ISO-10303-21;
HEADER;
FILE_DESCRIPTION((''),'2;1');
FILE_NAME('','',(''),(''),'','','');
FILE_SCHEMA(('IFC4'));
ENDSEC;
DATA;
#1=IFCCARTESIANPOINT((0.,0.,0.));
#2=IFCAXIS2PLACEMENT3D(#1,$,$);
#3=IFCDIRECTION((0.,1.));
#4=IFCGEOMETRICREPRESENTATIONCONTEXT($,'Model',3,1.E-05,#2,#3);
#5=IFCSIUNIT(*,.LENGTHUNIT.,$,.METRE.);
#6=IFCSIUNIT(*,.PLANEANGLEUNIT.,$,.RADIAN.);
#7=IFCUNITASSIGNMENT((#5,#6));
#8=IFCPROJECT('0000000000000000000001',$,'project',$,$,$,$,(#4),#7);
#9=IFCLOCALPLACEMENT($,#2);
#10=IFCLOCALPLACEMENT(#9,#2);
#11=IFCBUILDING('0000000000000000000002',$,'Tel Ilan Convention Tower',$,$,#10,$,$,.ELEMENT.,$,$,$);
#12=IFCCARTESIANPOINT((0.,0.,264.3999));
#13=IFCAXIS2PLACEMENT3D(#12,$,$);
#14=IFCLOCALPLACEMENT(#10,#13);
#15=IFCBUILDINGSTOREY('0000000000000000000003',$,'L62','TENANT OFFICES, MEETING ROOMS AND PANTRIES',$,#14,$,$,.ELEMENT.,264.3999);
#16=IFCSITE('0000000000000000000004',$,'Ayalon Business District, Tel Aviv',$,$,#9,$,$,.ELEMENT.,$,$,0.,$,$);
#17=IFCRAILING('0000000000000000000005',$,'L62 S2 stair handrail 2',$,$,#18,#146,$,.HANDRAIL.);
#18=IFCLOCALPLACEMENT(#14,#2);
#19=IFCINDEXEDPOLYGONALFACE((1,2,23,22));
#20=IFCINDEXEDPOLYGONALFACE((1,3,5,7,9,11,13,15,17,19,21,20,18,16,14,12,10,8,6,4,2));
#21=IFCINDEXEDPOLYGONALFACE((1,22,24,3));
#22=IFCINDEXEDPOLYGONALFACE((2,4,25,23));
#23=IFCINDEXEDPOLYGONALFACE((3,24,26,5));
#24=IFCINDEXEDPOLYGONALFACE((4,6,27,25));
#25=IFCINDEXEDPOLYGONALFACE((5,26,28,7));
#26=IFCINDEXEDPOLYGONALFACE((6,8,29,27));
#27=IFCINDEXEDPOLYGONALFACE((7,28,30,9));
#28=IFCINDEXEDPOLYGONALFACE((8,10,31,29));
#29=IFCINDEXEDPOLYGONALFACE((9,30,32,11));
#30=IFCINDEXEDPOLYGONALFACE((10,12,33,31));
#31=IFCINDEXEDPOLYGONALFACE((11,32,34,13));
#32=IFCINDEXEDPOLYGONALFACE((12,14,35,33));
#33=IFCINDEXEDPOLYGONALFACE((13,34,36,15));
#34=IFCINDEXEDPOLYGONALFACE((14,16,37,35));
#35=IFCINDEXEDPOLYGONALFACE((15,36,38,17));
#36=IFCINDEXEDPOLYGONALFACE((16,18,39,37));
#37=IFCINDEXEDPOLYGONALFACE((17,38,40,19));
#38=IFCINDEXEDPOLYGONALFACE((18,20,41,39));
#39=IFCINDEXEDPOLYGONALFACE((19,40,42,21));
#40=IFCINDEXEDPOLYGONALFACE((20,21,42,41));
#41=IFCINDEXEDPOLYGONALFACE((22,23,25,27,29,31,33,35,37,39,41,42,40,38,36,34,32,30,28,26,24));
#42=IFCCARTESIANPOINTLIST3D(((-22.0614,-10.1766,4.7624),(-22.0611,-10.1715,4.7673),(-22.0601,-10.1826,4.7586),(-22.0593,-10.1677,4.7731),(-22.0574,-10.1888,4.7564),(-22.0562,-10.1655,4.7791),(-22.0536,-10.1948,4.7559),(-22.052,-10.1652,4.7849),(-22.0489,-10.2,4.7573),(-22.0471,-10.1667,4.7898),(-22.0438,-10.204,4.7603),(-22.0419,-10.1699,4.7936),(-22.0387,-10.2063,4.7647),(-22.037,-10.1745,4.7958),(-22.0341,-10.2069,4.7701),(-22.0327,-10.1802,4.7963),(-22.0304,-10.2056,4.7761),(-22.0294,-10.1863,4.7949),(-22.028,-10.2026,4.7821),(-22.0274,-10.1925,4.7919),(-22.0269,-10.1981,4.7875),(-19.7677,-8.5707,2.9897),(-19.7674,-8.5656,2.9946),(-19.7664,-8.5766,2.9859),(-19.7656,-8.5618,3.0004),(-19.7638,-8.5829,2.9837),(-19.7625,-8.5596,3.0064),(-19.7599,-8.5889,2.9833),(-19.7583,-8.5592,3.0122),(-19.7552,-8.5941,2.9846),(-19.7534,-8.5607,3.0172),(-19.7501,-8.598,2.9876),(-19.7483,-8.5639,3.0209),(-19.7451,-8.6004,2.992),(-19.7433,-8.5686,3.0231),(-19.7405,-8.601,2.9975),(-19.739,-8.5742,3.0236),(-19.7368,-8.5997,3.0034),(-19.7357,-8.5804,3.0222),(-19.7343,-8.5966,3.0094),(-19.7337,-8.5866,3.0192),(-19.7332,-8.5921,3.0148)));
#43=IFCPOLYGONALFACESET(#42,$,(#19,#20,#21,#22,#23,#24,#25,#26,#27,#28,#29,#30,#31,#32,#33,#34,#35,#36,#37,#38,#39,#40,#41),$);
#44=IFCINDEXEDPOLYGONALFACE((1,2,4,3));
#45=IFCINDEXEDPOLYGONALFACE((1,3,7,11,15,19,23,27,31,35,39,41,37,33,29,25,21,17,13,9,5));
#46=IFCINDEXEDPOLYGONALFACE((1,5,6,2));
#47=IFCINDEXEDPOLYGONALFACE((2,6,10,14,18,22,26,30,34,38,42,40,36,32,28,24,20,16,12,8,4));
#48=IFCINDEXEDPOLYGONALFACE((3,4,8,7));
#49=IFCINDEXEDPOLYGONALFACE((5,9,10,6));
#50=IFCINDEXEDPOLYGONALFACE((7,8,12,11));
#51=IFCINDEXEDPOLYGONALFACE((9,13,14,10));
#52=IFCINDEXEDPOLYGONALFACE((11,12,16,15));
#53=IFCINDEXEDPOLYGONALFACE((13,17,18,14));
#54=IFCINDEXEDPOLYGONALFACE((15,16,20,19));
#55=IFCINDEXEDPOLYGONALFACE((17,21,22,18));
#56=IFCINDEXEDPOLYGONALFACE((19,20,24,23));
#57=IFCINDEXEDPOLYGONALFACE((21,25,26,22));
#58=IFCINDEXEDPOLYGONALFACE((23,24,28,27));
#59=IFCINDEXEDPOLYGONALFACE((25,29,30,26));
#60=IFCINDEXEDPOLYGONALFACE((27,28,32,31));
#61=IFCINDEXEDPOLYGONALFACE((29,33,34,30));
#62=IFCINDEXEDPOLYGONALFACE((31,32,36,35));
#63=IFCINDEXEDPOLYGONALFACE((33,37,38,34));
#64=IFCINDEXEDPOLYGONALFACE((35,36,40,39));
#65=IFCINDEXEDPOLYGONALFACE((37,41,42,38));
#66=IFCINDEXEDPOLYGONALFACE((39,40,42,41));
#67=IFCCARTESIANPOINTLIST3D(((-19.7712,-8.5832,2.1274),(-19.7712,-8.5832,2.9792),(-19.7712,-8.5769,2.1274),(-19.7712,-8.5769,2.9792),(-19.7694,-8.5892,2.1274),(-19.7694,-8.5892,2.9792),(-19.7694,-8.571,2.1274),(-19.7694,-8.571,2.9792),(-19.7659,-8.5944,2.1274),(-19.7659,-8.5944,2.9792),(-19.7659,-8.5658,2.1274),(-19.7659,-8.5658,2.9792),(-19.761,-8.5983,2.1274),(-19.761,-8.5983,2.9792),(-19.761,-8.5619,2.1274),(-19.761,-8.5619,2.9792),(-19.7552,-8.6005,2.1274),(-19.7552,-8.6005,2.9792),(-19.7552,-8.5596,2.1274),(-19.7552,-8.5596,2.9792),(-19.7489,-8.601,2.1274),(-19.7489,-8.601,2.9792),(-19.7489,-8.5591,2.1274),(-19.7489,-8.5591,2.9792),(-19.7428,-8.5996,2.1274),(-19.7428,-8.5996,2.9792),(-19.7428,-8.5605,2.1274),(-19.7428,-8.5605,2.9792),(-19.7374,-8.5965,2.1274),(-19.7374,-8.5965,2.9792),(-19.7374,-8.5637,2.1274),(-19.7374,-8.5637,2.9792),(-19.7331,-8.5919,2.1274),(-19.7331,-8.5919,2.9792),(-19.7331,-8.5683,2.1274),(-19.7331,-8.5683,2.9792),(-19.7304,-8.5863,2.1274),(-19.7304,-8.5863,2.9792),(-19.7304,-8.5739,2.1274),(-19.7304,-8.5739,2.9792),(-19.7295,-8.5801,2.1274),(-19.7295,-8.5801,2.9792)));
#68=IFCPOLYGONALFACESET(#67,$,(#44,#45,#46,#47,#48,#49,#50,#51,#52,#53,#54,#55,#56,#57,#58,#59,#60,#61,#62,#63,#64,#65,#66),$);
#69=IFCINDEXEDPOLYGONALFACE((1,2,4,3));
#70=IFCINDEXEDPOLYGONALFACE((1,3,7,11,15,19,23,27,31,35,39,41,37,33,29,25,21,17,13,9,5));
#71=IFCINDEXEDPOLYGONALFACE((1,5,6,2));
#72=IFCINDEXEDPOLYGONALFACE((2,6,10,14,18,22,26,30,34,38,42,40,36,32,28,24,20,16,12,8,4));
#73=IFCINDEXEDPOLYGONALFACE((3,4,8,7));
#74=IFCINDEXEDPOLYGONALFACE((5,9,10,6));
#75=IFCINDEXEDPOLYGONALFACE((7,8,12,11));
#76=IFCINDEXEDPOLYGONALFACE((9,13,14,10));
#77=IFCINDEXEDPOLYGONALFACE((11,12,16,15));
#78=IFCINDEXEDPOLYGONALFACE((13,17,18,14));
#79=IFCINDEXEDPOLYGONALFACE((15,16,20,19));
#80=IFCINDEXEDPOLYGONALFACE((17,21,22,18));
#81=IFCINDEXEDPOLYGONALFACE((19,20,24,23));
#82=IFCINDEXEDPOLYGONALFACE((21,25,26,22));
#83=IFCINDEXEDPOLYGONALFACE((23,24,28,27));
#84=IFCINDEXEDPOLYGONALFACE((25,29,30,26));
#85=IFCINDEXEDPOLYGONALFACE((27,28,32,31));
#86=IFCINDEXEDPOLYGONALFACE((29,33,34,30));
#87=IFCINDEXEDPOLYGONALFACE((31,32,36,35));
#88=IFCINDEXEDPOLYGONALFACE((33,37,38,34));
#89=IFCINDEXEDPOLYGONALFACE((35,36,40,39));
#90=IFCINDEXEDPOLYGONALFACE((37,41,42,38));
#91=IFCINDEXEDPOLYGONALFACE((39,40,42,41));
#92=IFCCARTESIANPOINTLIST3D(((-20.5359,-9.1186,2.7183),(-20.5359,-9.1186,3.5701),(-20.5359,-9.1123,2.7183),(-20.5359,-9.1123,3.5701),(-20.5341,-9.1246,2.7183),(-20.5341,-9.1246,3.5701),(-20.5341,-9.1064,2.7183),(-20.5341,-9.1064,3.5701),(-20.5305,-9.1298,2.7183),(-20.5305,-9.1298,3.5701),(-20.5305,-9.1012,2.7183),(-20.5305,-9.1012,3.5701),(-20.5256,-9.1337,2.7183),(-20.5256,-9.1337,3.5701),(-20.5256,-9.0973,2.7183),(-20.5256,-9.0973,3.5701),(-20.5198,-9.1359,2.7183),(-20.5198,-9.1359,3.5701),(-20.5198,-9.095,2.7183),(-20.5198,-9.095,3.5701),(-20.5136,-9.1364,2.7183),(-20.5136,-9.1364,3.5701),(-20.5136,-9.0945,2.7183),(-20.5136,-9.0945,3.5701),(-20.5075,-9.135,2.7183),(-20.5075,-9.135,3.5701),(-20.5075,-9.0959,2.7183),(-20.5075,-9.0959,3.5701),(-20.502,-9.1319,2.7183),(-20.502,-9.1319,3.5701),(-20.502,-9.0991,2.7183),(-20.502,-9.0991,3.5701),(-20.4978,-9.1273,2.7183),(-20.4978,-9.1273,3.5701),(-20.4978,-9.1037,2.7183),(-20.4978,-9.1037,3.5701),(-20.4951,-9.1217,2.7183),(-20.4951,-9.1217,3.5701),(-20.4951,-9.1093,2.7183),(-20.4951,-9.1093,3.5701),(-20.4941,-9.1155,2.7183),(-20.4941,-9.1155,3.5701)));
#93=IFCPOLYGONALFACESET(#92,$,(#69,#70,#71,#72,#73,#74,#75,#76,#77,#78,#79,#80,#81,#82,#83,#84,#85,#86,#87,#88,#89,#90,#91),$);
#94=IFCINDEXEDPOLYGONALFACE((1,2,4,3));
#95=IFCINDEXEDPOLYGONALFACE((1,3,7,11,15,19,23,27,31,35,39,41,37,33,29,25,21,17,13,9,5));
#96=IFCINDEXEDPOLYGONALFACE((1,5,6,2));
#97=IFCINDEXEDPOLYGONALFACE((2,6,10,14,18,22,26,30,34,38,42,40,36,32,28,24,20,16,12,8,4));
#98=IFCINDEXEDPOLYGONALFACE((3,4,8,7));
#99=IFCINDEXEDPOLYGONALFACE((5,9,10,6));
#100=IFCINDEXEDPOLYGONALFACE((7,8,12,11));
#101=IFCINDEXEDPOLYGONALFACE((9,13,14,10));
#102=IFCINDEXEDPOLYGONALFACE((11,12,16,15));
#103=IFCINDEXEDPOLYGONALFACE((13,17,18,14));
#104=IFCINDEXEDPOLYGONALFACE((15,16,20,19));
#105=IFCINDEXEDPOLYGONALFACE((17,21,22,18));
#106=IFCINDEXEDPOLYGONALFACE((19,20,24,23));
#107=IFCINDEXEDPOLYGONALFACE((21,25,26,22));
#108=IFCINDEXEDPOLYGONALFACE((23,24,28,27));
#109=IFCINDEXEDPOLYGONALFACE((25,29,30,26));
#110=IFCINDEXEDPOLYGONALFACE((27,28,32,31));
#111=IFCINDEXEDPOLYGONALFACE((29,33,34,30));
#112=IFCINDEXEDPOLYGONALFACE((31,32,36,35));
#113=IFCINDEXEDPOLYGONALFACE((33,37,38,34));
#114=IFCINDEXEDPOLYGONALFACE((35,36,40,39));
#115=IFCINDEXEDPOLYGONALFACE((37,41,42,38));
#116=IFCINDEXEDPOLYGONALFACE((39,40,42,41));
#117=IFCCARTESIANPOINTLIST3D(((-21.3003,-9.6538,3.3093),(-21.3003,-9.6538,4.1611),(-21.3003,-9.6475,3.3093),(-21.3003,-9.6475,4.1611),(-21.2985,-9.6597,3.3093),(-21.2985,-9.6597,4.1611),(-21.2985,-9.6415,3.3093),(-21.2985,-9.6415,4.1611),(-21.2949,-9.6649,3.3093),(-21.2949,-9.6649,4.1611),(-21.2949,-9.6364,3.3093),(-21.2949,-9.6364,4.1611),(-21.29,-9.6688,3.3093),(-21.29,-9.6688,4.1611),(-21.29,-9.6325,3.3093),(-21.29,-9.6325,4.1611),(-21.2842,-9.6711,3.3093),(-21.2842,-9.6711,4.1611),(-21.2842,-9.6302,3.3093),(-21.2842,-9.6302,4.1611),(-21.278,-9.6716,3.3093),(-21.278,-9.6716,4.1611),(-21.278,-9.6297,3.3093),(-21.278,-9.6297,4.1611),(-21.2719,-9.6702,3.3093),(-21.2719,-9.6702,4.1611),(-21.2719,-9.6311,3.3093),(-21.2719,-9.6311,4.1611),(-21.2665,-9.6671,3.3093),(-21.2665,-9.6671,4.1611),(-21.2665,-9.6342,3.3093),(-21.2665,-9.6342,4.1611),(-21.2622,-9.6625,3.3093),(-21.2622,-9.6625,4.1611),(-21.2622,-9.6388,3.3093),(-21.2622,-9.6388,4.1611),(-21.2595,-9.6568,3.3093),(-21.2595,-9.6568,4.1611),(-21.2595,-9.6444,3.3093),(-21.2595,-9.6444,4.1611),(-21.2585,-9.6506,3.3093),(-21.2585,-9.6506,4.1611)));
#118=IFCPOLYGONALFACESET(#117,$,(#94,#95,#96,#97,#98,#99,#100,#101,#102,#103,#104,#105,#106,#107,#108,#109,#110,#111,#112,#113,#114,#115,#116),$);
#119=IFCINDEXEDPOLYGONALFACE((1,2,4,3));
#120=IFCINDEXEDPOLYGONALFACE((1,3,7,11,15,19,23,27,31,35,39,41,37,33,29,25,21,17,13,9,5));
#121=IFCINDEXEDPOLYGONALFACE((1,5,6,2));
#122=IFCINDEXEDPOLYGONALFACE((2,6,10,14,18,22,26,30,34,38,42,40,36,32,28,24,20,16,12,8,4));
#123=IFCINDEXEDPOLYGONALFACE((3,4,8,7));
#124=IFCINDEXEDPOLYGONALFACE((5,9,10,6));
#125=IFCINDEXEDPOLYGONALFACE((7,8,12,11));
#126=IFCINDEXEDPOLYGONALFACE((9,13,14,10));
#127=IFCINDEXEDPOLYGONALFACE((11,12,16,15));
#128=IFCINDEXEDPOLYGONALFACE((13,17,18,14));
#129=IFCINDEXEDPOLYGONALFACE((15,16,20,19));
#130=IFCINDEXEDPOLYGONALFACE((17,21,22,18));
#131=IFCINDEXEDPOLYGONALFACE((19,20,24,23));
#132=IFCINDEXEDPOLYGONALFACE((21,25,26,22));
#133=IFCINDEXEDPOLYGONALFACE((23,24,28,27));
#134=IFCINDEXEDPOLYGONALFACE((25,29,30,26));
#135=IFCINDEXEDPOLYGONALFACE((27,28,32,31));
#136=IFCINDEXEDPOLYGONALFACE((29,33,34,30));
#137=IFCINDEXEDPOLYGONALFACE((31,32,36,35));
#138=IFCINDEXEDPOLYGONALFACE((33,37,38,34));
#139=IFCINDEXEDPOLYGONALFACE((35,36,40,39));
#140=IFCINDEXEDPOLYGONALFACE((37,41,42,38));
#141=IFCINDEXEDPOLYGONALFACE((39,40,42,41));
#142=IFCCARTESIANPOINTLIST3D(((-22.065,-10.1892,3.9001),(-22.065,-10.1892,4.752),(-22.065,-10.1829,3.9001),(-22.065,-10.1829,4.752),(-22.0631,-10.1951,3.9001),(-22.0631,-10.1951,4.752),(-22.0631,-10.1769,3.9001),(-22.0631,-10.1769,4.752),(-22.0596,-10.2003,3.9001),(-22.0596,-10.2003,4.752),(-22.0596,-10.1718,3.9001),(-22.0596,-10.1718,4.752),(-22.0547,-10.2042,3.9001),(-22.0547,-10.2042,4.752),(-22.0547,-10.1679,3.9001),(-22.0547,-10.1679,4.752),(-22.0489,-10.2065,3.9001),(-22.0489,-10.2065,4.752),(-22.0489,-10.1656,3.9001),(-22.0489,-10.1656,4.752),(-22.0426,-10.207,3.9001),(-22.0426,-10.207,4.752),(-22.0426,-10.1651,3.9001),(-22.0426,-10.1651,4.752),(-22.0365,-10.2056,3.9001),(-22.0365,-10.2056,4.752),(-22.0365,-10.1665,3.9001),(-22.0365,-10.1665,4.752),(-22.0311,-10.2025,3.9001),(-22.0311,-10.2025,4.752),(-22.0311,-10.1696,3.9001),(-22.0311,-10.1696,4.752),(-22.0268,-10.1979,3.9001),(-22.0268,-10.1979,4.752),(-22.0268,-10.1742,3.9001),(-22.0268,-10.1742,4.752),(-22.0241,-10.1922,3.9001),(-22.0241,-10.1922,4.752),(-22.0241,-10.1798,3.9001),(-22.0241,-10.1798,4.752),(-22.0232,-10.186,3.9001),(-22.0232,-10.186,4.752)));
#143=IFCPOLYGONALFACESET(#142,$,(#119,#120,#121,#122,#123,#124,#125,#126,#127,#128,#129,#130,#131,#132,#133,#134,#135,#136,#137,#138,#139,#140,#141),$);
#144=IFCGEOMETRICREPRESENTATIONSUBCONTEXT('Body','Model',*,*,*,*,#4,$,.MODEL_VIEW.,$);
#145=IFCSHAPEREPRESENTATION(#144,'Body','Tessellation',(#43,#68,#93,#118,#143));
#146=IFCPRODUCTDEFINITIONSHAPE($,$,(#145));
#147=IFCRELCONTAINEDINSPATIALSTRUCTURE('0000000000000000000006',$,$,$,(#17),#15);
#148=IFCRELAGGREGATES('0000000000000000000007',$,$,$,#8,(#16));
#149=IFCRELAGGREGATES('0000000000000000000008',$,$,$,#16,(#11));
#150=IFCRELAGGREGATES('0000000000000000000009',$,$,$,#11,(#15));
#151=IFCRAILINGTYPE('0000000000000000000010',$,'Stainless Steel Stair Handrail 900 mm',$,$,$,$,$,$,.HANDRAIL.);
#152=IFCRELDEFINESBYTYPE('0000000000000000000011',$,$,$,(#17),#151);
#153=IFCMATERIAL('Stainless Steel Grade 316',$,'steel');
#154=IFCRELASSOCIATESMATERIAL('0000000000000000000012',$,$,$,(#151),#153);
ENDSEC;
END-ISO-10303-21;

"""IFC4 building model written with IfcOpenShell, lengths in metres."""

from ifc_helpers import new_model, si_unit, direction, frame, origin, origin_2d, place, context, subcontext, project, spatial, circle, extrude, material, type_object, element, save


model = new_model("IFC4")

# Units and contexts
model_context = context("Model", 3, precision=1e-05, world=origin(), true_north=direction((0.0, 1.0)))
body_context = subcontext(model_context, "Body", "Model", "MODEL_VIEW")
ifc_project = project(units=[si_unit("LENGTHUNIT", "METRE"), si_unit("PLANEANGLEUNIT", "RADIAN")], contexts=[model_context])

# Site, building, storey
site_placement = place(None, origin())
site = spatial("IfcSite", under=ifc_project, at=site_placement, Name="Ayalon Business District, Tel Aviv", CompositionType="ELEMENT", RefElevation=0.0)
building_placement = place(site_placement, origin())
building = spatial("IfcBuilding", under=site, at=building_placement, Name="Tel Ilan Convention Tower", CompositionType="ELEMENT")
storey_placement = place(building_placement, frame((0.0, 0.0, 264.3999)))
storey = spatial("IfcBuildingStorey", under=building, at=storey_placement, Name="L62", Description="TENANT OFFICES, MEETING ROOMS AND PANTRIES", CompositionType="ELEMENT", Elevation=264.3999)

# Railing
ifc_material_1 = material(Name="Stainless Steel Grade 316", Category="steel")
railing_type_1 = type_object("IfcRailingType", Name="Stainless Steel Stair Handrail 900 mm", PredefinedType="HANDRAIL", material=ifc_material_1)
for number, where, name in (
    (1, (-19.7505, -8.5801, 2.1274), "L62 S2 stair handrail 2"),
):
    element("IfcRailing", number, at=place(storey_placement, frame(where)), inside=storey, type_object=railing_type_1, Name=name, PredefinedType="HANDRAIL", context=body_context, shape_type="SweptSolid", body=[
        extrude(circle(Radius=0.0239, at=origin_2d()), frame((0.0, 0.0, 0.876), z_axis=(-0.692123, -0.484597, 0.534913), x_axis=(0.57355, -0.81917, 0.0)), (0.0, 0.0, 1.0), 3.314),
        extrude(circle(Radius=0.021, at=origin_2d()), origin(), (0.0, 0.0, 1.0), 0.8518),
        extrude(circle(Radius=0.021, at=origin_2d()), frame((-0.7646, -0.5354, 0.5908)), (0.0, 0.0, 1.0), 0.8518),
        extrude(circle(Radius=0.021, at=origin_2d()), frame((-1.5291, -1.0706, 1.1819)), (0.0, 0.0, 1.0), 0.8518),
        extrude(circle(Radius=0.021, at=origin_2d()), frame((-2.2937, -1.606, 1.7727)), (0.0, 0.0, 1.0), 0.8518),
    ])

save(model, "model.ifc")
